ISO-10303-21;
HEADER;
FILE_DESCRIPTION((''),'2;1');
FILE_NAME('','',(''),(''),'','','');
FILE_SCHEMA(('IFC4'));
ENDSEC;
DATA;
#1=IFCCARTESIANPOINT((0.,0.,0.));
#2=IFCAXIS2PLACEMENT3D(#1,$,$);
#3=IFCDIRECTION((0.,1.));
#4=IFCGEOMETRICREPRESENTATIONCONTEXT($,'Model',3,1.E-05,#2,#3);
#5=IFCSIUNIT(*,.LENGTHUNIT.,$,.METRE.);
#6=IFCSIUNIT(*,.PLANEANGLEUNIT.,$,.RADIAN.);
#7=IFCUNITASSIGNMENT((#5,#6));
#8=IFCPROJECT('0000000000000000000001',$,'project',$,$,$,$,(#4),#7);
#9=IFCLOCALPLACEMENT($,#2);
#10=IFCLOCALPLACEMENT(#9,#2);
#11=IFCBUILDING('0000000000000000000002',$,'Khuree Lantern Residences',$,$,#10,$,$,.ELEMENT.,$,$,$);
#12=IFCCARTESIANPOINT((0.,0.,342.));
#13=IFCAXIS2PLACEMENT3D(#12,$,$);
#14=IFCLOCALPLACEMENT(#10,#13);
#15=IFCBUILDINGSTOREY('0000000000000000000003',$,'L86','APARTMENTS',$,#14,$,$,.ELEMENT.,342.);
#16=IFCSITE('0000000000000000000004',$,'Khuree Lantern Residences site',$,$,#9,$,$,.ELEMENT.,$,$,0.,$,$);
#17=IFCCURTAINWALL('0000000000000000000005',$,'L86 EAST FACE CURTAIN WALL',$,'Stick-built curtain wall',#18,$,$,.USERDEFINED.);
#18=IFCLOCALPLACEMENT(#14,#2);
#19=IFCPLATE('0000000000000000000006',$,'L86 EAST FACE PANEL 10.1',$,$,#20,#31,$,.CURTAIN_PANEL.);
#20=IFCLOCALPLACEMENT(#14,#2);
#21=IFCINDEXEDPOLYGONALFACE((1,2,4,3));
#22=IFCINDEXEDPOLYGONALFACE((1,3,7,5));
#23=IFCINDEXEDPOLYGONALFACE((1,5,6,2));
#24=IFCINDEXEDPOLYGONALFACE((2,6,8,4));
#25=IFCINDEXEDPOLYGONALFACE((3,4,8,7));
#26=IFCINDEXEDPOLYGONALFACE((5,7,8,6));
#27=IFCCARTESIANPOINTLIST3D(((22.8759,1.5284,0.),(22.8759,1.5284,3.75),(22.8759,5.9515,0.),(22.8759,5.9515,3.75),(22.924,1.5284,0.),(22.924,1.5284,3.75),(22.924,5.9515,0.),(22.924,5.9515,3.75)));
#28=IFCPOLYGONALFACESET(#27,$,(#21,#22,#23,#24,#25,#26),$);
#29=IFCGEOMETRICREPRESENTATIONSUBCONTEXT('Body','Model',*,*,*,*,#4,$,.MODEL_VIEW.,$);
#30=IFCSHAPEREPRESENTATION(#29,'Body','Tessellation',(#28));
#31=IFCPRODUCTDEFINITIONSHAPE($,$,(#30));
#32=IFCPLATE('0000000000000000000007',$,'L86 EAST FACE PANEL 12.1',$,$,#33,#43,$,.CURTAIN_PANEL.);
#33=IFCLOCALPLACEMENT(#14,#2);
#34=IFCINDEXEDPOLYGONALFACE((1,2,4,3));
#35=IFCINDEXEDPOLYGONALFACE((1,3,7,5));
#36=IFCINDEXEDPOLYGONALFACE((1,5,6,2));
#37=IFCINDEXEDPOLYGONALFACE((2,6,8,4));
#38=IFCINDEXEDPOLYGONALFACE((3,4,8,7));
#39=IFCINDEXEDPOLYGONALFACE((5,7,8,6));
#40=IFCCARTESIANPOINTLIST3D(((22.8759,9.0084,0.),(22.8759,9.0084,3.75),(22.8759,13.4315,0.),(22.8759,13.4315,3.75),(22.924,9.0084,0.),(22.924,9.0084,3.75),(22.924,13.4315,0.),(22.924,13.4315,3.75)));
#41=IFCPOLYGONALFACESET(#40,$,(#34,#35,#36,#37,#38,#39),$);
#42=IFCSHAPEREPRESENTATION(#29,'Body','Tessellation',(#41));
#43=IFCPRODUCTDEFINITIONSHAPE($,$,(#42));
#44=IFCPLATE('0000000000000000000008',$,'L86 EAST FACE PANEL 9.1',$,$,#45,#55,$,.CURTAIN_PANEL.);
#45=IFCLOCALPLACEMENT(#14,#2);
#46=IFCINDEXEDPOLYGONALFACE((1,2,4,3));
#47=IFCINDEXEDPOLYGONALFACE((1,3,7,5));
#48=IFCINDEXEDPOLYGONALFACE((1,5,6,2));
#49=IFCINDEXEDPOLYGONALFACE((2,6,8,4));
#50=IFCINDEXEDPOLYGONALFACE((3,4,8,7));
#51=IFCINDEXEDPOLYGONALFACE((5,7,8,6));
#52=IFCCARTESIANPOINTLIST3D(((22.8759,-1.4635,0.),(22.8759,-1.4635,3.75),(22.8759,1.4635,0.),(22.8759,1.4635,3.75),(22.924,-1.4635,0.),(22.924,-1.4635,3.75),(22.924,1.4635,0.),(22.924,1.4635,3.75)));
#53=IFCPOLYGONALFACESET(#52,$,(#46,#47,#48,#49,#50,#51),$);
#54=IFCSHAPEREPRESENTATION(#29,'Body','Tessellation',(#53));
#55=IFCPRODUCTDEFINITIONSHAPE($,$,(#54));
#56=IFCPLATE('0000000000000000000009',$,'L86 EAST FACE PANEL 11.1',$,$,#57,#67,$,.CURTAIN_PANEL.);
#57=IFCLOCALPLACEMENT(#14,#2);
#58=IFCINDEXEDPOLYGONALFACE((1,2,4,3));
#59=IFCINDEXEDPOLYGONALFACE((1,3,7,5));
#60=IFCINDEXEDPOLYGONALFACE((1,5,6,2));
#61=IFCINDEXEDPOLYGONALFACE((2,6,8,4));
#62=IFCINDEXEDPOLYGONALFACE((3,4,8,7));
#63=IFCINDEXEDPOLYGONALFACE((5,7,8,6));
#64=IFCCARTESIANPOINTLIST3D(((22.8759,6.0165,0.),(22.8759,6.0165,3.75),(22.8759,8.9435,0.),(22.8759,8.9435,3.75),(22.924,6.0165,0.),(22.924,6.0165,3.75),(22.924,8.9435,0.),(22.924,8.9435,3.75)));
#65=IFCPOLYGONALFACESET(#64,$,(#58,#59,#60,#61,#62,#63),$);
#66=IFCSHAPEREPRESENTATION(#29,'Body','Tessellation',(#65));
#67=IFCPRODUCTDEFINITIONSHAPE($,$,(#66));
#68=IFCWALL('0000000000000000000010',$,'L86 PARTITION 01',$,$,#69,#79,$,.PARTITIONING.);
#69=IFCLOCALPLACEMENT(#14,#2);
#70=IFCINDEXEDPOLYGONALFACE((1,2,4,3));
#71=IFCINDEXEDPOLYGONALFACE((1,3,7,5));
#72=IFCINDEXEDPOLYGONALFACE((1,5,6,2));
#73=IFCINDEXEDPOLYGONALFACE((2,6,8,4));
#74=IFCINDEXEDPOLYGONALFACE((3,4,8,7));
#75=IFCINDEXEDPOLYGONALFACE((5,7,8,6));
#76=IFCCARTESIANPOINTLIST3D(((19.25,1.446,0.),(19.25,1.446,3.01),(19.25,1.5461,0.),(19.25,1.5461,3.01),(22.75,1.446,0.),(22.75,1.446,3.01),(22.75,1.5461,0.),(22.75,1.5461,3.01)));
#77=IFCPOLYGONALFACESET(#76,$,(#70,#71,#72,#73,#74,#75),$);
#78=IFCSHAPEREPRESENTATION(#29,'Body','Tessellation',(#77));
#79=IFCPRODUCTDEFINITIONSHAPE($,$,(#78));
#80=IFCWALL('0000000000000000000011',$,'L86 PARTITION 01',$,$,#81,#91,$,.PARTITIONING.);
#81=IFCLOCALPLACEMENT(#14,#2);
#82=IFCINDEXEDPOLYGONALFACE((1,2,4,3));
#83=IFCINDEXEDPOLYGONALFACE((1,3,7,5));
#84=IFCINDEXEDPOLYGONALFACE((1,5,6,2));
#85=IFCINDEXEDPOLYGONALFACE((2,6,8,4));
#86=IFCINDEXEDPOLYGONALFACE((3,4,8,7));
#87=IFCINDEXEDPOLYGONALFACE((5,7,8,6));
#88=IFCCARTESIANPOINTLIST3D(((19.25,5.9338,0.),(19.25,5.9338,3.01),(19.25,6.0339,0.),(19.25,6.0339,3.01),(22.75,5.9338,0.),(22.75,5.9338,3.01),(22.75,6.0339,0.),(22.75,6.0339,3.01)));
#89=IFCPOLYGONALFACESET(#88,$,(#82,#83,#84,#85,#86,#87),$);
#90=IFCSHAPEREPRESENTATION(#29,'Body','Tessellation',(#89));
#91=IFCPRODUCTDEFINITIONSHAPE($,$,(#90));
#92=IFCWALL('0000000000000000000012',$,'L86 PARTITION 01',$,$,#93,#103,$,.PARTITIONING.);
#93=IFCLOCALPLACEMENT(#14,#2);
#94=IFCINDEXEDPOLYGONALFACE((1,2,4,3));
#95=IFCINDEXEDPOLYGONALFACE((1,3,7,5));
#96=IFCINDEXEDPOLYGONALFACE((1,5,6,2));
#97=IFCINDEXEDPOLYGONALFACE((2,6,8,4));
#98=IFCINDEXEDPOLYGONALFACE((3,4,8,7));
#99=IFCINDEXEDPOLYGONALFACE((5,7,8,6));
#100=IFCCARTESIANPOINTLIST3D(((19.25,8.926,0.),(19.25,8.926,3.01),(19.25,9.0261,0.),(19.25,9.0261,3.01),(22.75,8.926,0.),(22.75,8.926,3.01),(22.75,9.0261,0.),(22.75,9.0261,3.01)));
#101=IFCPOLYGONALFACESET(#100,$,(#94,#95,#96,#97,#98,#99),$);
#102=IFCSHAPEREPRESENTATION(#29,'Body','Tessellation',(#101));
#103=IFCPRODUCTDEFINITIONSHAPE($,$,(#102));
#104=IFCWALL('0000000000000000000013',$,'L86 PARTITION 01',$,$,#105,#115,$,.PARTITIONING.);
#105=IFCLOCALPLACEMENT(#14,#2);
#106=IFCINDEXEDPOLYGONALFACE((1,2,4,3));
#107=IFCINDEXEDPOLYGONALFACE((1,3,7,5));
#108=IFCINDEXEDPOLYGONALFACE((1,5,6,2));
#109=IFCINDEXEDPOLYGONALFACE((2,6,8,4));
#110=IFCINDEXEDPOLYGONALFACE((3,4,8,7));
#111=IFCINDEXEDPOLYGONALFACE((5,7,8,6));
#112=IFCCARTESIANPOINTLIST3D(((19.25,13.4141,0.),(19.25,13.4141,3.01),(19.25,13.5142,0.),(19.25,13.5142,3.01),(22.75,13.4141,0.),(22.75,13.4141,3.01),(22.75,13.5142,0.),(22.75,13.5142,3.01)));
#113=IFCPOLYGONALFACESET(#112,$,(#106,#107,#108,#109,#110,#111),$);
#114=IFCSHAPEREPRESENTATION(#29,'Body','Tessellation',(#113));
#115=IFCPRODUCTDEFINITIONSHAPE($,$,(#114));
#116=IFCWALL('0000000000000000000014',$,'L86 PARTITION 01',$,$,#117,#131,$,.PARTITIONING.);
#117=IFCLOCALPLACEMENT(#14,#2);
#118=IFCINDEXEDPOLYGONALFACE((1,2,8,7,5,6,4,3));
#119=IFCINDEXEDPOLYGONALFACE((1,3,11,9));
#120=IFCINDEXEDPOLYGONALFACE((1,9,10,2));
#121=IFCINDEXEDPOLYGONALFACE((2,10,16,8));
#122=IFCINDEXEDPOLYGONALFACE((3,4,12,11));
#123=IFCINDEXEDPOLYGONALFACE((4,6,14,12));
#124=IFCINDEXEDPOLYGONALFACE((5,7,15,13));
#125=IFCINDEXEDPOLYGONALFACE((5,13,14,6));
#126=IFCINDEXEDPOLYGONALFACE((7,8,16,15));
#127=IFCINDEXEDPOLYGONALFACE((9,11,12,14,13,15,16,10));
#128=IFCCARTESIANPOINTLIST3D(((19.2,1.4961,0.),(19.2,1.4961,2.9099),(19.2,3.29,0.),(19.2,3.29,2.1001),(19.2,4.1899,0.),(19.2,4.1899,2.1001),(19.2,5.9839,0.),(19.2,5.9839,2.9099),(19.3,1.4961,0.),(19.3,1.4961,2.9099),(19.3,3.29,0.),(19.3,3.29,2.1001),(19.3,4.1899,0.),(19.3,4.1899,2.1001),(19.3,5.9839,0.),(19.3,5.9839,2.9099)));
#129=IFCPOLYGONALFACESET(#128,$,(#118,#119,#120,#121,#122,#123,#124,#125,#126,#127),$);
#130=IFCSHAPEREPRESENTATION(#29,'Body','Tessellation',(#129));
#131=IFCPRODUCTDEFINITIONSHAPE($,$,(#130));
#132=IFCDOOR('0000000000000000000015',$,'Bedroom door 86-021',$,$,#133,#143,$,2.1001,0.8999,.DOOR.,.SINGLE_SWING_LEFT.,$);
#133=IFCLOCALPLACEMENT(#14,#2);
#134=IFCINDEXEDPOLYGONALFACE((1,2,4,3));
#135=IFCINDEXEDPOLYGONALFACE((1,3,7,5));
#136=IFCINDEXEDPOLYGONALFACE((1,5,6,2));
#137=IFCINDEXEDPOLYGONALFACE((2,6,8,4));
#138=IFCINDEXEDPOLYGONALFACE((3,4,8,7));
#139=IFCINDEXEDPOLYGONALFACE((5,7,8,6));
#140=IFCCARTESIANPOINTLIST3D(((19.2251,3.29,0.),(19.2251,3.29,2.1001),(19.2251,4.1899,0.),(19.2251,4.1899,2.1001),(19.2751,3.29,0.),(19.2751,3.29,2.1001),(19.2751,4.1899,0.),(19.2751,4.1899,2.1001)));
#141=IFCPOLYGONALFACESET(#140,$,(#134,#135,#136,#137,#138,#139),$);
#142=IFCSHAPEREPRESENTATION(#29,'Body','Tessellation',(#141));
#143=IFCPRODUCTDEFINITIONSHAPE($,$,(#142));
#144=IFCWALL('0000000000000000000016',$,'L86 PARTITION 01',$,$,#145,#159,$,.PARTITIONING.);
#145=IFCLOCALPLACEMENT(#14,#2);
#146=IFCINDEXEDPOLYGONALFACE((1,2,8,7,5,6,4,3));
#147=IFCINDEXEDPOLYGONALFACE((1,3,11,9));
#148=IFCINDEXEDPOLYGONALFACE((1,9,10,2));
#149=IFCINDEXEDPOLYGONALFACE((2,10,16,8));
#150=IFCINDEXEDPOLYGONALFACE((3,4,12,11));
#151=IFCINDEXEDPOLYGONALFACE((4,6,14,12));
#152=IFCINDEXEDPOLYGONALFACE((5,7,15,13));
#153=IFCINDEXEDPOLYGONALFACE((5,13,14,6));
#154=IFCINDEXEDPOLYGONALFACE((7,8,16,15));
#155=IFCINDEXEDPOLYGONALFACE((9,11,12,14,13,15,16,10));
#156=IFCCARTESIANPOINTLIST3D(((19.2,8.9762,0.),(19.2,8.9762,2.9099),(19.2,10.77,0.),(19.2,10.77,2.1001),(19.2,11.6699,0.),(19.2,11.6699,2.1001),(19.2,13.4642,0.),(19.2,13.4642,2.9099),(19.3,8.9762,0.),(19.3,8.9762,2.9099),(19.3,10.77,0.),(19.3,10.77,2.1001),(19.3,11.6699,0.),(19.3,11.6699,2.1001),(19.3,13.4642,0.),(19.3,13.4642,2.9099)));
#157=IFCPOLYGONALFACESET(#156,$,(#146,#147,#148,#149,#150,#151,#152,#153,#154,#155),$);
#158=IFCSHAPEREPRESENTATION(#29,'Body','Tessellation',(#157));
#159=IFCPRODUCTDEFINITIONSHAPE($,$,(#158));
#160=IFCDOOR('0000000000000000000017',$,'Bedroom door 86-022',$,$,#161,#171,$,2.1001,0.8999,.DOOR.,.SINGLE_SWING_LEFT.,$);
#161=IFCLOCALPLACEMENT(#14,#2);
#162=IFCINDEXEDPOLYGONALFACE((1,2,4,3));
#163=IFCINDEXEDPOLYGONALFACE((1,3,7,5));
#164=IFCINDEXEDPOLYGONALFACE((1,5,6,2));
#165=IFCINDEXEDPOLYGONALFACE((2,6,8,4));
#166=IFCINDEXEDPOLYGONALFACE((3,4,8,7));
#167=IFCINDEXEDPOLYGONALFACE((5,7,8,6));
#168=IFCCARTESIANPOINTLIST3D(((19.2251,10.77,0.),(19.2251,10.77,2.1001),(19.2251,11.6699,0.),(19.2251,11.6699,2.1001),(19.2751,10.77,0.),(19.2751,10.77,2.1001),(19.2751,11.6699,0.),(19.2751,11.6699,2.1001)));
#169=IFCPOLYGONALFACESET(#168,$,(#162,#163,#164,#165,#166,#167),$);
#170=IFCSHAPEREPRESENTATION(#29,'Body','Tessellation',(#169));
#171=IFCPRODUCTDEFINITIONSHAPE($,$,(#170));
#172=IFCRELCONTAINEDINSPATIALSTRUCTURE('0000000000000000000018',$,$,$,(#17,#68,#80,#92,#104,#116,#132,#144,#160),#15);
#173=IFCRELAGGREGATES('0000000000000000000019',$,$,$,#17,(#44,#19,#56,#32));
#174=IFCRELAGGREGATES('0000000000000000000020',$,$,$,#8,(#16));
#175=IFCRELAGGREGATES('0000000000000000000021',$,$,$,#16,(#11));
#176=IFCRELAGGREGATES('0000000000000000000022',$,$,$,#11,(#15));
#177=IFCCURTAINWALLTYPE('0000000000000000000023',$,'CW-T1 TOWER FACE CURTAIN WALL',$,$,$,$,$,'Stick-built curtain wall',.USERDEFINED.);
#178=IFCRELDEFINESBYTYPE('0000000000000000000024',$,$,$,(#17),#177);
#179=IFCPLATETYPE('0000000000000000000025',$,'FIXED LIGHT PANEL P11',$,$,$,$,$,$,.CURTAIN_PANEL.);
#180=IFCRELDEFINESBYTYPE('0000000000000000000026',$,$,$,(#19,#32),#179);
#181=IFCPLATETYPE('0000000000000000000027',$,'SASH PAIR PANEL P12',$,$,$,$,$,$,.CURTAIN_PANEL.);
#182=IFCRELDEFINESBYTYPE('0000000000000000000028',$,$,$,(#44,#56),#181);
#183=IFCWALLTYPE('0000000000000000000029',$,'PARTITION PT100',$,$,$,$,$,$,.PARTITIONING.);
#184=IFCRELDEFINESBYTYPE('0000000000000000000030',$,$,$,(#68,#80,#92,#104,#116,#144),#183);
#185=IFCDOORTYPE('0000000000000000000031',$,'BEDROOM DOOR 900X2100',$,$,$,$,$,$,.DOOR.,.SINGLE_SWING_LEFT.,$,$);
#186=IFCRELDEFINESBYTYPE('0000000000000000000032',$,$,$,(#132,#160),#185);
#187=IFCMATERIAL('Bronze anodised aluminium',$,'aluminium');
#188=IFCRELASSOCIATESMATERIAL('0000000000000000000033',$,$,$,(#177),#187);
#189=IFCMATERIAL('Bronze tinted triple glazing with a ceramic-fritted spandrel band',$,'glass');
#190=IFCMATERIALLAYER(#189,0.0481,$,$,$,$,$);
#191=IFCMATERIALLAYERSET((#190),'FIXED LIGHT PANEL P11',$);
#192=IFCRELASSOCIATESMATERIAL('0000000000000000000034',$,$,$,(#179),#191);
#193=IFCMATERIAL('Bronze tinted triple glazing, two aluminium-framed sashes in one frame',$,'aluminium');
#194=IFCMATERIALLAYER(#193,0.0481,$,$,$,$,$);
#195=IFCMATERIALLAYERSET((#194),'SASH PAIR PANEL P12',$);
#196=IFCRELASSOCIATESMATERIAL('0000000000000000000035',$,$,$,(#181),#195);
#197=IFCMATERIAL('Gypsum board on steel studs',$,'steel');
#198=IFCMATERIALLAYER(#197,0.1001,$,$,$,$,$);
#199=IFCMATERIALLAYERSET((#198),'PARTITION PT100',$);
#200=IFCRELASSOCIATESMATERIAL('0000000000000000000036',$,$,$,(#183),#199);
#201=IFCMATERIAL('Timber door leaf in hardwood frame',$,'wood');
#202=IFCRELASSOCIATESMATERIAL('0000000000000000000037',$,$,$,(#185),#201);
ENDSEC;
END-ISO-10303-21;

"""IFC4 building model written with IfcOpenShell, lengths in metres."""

from ifc_helpers import new_model, si_unit, direction, frame, frame_2d, origin, origin_2d, place, context, subcontext, project, spatial, rectangle, extrude, material, layer, layer_set, type_object, element, fill, aggregate, save


model = new_model("IFC4")

# Units and contexts
model_context = context("Model", 3, precision=1e-05, world=origin(), true_north=direction((0.0, 1.0)))
body_context = subcontext(model_context, "Body", "Model", "MODEL_VIEW")
ifc_project = project(units=[si_unit("LENGTHUNIT", "METRE"), si_unit("PLANEANGLEUNIT", "RADIAN")], contexts=[model_context])

# Site, building, storey
site_placement = place(None, origin())
site = spatial("IfcSite", under=ifc_project, at=site_placement, Name="Khuree Lantern Residences site", CompositionType="ELEMENT", RefElevation=0.0)
building_placement = place(site_placement, origin())
building = spatial("IfcBuilding", under=site, at=building_placement, Name="Khuree Lantern Residences", CompositionType="ELEMENT")
storey_placement = place(building_placement, frame((0.0, 0.0, 342.0)))
storey = spatial("IfcBuildingStorey", under=building, at=storey_placement, Name="L86", Description="APARTMENTS", CompositionType="ELEMENT", Elevation=342.0)

# Curtain wall
ifc_material_1 = material(Name="Bronze anodised aluminium", Category="aluminium")
curtain_wall_type = type_object("IfcCurtainWallType", Name="CW-T1 TOWER FACE CURTAIN WALL", ElementType="Stick-built curtain wall", PredefinedType="USERDEFINED", material=ifc_material_1)
curtain_wall_placement = place(storey_placement, origin())
curtain_wall = element("IfcCurtainWall", 1, at=curtain_wall_placement, inside=storey, type_object=curtain_wall_type, Name="L86 EAST FACE CURTAIN WALL", ObjectType="Stick-built curtain wall", PredefinedType="USERDEFINED")

# Plates
ifc_material_2 = material(Name="Bronze tinted triple glazing with a ceramic-fritted spandrel band", Category="glass")
ifc_layer_1 = layer(ifc_material_2, 0.0481)
ifc_layer_set_1 = layer_set([ifc_layer_1], Name="FIXED LIGHT PANEL P11")
plate_type_1 = type_object("IfcPlateType", Name="FIXED LIGHT PANEL P11", PredefinedType="CURTAIN_PANEL", material=ifc_layer_set_1)
plate_1_placement = place(storey_placement, frame((22.8999, 3.74, 0.0), z_axis=(0.0, 0.0, 1.0), x_axis=(0.0, 1.0, 0.0)))
plate_1 = element("IfcPlate", 2, at=plate_1_placement, type_object=plate_type_1, Name="L86 EAST FACE PANEL 10.1", PredefinedType="CURTAIN_PANEL", context=body_context, shape_type="SweptSolid", body=[
    extrude(rectangle(XDim=4.4231, YDim=0.0481, at=origin_2d()), origin(), (0.0, 0.0, 1.0), 3.75),
])
plate_2_placement = place(storey_placement, frame((22.8999, 11.22, 0.0), z_axis=(0.0, 0.0, 1.0), x_axis=(0.0, 1.0, 0.0)))
plate_2 = element("IfcPlate", 3, at=plate_2_placement, type_object=plate_type_1, Name="L86 EAST FACE PANEL 12.1", PredefinedType="CURTAIN_PANEL", context=body_context, shape_type="SweptSolid", body=[
    extrude(rectangle(XDim=4.4231, YDim=0.0481, at=origin_2d()), origin(), (0.0, 0.0, 1.0), 3.75),
])
ifc_material_3 = material(Name="Bronze tinted triple glazing, two aluminium-framed sashes in one frame", Category="aluminium")
ifc_layer_2 = layer(ifc_material_3, 0.0481)
ifc_layer_set_2 = layer_set([ifc_layer_2], Name="SASH PAIR PANEL P12")
plate_type_2 = type_object("IfcPlateType", Name="SASH PAIR PANEL P12", PredefinedType="CURTAIN_PANEL", material=ifc_layer_set_2)
plate_3_placement = place(storey_placement, frame((22.8999, 0.0, 0.0), z_axis=(0.0, 0.0, 1.0), x_axis=(0.0, 1.0, 0.0)))
plate_3 = element("IfcPlate", 4, at=plate_3_placement, type_object=plate_type_2, Name="L86 EAST FACE PANEL 9.1", PredefinedType="CURTAIN_PANEL", context=body_context, shape_type="SweptSolid", body=[
    extrude(rectangle(XDim=2.927, YDim=0.0481, at=origin_2d()), origin(), (0.0, 0.0, 1.0), 3.75),
])
plate_4_placement = place(storey_placement, frame((22.8999, 7.48, 0.0), z_axis=(0.0, 0.0, 1.0), x_axis=(0.0, 1.0, 0.0)))
plate_4 = element("IfcPlate", 5, at=plate_4_placement, type_object=plate_type_2, Name="L86 EAST FACE PANEL 11.1", PredefinedType="CURTAIN_PANEL", context=body_context, shape_type="SweptSolid", body=[
    extrude(rectangle(XDim=2.927, YDim=0.0481, at=origin_2d()), origin(), (0.0, 0.0, 1.0), 3.75),
])
aggregate(curtain_wall, [plate_3, plate_1, plate_4, plate_2])

# Walls
ifc_material_4 = material(Name="Gypsum board on steel studs", Category="steel")
ifc_layer_3 = layer(ifc_material_4, 0.1001)
ifc_layer_set_3 = layer_set([ifc_layer_3], Name="PARTITION PT100")
wall_type = type_object("IfcWallType", Name="PARTITION PT100", PredefinedType="PARTITIONING", material=ifc_layer_set_3)
for number, where, z_axis, x_axis, name in (
    (6, (19.25, 1.4961, 0.0), (0.0, 0.0, 1.0), (1.0, 0.0, 0.0), "L86 PARTITION 01"),
    (7, (19.25, 5.9839, 0.0), (0.0, 0.0, 1.0), (1.0, 0.0, 0.0), "L86 PARTITION 01"),
    (8, (19.25, 8.9761, 0.0), (0.0, 0.0, 1.0), (1.0, 0.0, 0.0), "L86 PARTITION 01"),
    (9, (19.25, 13.4641, 0.0), (0.0, 0.0, 1.0), (1.0, 0.0, 0.0), "L86 PARTITION 01"),
):
    element("IfcWall", number, at=place(storey_placement, frame(where, z_axis=z_axis, x_axis=x_axis)), inside=storey, type_object=wall_type, Name=name, PredefinedType="PARTITIONING", context=body_context, shape_type="SweptSolid", body=[
        extrude(rectangle(XDim=3.5, YDim=0.1001, at=frame_2d((1.75, 0.0))), origin(), (0.0, 0.0, 1.0), 3.01),
    ])

# Walls, openings, doors
wall_1_placement = place(storey_placement, frame((19.25, 1.4961, 0.0), z_axis=(0.0, 0.0, 1.0), x_axis=(0.0, 1.0, 0.0)))
wall_1 = element("IfcWall", 10, at=wall_1_placement, inside=storey, type_object=wall_type, Name="L86 PARTITION 01", PredefinedType="PARTITIONING", context=body_context, shape_type="SweptSolid", body=[
    extrude(rectangle(XDim=4.4878, YDim=0.1001, at=frame_2d((2.2439, 0.0))), origin(), (0.0, 0.0, 1.0), 2.9099),
])
opening_1_placement = place(wall_1_placement, frame((1.7939, 0.0, 0.0)))
opening_1 = element("IfcOpeningElement", 11, at=opening_1_placement, cuts=wall_1, PredefinedType="OPENING", context=body_context, shape_type="SweptSolid", body=[
    extrude(rectangle(XDim=0.8999, YDim=2.1001, at=frame_2d((0.45, 1.05))), frame((0.0, 0.0601, 0.0), z_axis=(0.0, -1.0, 0.0), x_axis=(1.0, 0.0, 0.0)), (0.0, 0.0, 1.0), 0.1201),
])
ifc_material_5 = material(Name="Timber door leaf in hardwood frame", Category="wood")
door_type = type_object("IfcDoorType", Name="BEDROOM DOOR 900X2100", OperationType="SINGLE_SWING_LEFT", PredefinedType="DOOR", material=ifc_material_5)
door_1_placement = place(opening_1_placement, origin())
door_1 = element("IfcDoor", 12, at=door_1_placement, inside=storey, type_object=door_type, Name="Bedroom door 86-021", OperationType="SINGLE_SWING_LEFT", OverallHeight=2.1001, OverallWidth=0.8999, PredefinedType="DOOR", context=body_context, shape_type="SweptSolid", body=[
    extrude(rectangle(XDim=0.8999, YDim=2.1001, at=frame_2d((0.45, 1.05))), frame((0.0, 0.0249, 0.0), z_axis=(0.0, -1.0, 0.0), x_axis=(1.0, 0.0, 0.0)), (0.0, 0.0, 1.0), 0.05),
])
fill(opening_1, door_1)
wall_2_placement = place(storey_placement, frame((19.25, 8.9761, 0.0), z_axis=(0.0, 0.0, 1.0), x_axis=(0.0, 1.0, 0.0)))
wall_2 = element("IfcWall", 13, at=wall_2_placement, inside=storey, type_object=wall_type, Name="L86 PARTITION 01", PredefinedType="PARTITIONING", context=body_context, shape_type="SweptSolid", body=[
    extrude(rectangle(XDim=4.488, YDim=0.1001, at=frame_2d((2.2441, 0.0))), origin(), (0.0, 0.0, 1.0), 2.9099),
])
opening_2_placement = place(wall_2_placement, frame((1.7939, 0.0, 0.0)))
opening_2 = element("IfcOpeningElement", 14, at=opening_2_placement, cuts=wall_2, PredefinedType="OPENING", context=body_context, shape_type="SweptSolid", body=[
    extrude(rectangle(XDim=0.8999, YDim=2.1001, at=frame_2d((0.45, 1.05))), frame((0.0, 0.0601, 0.0), z_axis=(0.0, -1.0, 0.0), x_axis=(1.0, 0.0, 0.0)), (0.0, 0.0, 1.0), 0.1201),
])
door_2_placement = place(opening_2_placement, origin())
door_2 = element("IfcDoor", 15, at=door_2_placement, inside=storey, type_object=door_type, Name="Bedroom door 86-022", OperationType="SINGLE_SWING_LEFT", OverallHeight=2.1001, OverallWidth=0.8999, PredefinedType="DOOR", context=body_context, shape_type="SweptSolid", body=[
    extrude(rectangle(XDim=0.8999, YDim=2.1001, at=frame_2d((0.45, 1.05))), frame((0.0, 0.0249, 0.0), z_axis=(0.0, -1.0, 0.0), x_axis=(1.0, 0.0, 0.0)), (0.0, 0.0, 1.0), 0.05),
])
fill(opening_2, door_2)

save(model, "model.ifc")
